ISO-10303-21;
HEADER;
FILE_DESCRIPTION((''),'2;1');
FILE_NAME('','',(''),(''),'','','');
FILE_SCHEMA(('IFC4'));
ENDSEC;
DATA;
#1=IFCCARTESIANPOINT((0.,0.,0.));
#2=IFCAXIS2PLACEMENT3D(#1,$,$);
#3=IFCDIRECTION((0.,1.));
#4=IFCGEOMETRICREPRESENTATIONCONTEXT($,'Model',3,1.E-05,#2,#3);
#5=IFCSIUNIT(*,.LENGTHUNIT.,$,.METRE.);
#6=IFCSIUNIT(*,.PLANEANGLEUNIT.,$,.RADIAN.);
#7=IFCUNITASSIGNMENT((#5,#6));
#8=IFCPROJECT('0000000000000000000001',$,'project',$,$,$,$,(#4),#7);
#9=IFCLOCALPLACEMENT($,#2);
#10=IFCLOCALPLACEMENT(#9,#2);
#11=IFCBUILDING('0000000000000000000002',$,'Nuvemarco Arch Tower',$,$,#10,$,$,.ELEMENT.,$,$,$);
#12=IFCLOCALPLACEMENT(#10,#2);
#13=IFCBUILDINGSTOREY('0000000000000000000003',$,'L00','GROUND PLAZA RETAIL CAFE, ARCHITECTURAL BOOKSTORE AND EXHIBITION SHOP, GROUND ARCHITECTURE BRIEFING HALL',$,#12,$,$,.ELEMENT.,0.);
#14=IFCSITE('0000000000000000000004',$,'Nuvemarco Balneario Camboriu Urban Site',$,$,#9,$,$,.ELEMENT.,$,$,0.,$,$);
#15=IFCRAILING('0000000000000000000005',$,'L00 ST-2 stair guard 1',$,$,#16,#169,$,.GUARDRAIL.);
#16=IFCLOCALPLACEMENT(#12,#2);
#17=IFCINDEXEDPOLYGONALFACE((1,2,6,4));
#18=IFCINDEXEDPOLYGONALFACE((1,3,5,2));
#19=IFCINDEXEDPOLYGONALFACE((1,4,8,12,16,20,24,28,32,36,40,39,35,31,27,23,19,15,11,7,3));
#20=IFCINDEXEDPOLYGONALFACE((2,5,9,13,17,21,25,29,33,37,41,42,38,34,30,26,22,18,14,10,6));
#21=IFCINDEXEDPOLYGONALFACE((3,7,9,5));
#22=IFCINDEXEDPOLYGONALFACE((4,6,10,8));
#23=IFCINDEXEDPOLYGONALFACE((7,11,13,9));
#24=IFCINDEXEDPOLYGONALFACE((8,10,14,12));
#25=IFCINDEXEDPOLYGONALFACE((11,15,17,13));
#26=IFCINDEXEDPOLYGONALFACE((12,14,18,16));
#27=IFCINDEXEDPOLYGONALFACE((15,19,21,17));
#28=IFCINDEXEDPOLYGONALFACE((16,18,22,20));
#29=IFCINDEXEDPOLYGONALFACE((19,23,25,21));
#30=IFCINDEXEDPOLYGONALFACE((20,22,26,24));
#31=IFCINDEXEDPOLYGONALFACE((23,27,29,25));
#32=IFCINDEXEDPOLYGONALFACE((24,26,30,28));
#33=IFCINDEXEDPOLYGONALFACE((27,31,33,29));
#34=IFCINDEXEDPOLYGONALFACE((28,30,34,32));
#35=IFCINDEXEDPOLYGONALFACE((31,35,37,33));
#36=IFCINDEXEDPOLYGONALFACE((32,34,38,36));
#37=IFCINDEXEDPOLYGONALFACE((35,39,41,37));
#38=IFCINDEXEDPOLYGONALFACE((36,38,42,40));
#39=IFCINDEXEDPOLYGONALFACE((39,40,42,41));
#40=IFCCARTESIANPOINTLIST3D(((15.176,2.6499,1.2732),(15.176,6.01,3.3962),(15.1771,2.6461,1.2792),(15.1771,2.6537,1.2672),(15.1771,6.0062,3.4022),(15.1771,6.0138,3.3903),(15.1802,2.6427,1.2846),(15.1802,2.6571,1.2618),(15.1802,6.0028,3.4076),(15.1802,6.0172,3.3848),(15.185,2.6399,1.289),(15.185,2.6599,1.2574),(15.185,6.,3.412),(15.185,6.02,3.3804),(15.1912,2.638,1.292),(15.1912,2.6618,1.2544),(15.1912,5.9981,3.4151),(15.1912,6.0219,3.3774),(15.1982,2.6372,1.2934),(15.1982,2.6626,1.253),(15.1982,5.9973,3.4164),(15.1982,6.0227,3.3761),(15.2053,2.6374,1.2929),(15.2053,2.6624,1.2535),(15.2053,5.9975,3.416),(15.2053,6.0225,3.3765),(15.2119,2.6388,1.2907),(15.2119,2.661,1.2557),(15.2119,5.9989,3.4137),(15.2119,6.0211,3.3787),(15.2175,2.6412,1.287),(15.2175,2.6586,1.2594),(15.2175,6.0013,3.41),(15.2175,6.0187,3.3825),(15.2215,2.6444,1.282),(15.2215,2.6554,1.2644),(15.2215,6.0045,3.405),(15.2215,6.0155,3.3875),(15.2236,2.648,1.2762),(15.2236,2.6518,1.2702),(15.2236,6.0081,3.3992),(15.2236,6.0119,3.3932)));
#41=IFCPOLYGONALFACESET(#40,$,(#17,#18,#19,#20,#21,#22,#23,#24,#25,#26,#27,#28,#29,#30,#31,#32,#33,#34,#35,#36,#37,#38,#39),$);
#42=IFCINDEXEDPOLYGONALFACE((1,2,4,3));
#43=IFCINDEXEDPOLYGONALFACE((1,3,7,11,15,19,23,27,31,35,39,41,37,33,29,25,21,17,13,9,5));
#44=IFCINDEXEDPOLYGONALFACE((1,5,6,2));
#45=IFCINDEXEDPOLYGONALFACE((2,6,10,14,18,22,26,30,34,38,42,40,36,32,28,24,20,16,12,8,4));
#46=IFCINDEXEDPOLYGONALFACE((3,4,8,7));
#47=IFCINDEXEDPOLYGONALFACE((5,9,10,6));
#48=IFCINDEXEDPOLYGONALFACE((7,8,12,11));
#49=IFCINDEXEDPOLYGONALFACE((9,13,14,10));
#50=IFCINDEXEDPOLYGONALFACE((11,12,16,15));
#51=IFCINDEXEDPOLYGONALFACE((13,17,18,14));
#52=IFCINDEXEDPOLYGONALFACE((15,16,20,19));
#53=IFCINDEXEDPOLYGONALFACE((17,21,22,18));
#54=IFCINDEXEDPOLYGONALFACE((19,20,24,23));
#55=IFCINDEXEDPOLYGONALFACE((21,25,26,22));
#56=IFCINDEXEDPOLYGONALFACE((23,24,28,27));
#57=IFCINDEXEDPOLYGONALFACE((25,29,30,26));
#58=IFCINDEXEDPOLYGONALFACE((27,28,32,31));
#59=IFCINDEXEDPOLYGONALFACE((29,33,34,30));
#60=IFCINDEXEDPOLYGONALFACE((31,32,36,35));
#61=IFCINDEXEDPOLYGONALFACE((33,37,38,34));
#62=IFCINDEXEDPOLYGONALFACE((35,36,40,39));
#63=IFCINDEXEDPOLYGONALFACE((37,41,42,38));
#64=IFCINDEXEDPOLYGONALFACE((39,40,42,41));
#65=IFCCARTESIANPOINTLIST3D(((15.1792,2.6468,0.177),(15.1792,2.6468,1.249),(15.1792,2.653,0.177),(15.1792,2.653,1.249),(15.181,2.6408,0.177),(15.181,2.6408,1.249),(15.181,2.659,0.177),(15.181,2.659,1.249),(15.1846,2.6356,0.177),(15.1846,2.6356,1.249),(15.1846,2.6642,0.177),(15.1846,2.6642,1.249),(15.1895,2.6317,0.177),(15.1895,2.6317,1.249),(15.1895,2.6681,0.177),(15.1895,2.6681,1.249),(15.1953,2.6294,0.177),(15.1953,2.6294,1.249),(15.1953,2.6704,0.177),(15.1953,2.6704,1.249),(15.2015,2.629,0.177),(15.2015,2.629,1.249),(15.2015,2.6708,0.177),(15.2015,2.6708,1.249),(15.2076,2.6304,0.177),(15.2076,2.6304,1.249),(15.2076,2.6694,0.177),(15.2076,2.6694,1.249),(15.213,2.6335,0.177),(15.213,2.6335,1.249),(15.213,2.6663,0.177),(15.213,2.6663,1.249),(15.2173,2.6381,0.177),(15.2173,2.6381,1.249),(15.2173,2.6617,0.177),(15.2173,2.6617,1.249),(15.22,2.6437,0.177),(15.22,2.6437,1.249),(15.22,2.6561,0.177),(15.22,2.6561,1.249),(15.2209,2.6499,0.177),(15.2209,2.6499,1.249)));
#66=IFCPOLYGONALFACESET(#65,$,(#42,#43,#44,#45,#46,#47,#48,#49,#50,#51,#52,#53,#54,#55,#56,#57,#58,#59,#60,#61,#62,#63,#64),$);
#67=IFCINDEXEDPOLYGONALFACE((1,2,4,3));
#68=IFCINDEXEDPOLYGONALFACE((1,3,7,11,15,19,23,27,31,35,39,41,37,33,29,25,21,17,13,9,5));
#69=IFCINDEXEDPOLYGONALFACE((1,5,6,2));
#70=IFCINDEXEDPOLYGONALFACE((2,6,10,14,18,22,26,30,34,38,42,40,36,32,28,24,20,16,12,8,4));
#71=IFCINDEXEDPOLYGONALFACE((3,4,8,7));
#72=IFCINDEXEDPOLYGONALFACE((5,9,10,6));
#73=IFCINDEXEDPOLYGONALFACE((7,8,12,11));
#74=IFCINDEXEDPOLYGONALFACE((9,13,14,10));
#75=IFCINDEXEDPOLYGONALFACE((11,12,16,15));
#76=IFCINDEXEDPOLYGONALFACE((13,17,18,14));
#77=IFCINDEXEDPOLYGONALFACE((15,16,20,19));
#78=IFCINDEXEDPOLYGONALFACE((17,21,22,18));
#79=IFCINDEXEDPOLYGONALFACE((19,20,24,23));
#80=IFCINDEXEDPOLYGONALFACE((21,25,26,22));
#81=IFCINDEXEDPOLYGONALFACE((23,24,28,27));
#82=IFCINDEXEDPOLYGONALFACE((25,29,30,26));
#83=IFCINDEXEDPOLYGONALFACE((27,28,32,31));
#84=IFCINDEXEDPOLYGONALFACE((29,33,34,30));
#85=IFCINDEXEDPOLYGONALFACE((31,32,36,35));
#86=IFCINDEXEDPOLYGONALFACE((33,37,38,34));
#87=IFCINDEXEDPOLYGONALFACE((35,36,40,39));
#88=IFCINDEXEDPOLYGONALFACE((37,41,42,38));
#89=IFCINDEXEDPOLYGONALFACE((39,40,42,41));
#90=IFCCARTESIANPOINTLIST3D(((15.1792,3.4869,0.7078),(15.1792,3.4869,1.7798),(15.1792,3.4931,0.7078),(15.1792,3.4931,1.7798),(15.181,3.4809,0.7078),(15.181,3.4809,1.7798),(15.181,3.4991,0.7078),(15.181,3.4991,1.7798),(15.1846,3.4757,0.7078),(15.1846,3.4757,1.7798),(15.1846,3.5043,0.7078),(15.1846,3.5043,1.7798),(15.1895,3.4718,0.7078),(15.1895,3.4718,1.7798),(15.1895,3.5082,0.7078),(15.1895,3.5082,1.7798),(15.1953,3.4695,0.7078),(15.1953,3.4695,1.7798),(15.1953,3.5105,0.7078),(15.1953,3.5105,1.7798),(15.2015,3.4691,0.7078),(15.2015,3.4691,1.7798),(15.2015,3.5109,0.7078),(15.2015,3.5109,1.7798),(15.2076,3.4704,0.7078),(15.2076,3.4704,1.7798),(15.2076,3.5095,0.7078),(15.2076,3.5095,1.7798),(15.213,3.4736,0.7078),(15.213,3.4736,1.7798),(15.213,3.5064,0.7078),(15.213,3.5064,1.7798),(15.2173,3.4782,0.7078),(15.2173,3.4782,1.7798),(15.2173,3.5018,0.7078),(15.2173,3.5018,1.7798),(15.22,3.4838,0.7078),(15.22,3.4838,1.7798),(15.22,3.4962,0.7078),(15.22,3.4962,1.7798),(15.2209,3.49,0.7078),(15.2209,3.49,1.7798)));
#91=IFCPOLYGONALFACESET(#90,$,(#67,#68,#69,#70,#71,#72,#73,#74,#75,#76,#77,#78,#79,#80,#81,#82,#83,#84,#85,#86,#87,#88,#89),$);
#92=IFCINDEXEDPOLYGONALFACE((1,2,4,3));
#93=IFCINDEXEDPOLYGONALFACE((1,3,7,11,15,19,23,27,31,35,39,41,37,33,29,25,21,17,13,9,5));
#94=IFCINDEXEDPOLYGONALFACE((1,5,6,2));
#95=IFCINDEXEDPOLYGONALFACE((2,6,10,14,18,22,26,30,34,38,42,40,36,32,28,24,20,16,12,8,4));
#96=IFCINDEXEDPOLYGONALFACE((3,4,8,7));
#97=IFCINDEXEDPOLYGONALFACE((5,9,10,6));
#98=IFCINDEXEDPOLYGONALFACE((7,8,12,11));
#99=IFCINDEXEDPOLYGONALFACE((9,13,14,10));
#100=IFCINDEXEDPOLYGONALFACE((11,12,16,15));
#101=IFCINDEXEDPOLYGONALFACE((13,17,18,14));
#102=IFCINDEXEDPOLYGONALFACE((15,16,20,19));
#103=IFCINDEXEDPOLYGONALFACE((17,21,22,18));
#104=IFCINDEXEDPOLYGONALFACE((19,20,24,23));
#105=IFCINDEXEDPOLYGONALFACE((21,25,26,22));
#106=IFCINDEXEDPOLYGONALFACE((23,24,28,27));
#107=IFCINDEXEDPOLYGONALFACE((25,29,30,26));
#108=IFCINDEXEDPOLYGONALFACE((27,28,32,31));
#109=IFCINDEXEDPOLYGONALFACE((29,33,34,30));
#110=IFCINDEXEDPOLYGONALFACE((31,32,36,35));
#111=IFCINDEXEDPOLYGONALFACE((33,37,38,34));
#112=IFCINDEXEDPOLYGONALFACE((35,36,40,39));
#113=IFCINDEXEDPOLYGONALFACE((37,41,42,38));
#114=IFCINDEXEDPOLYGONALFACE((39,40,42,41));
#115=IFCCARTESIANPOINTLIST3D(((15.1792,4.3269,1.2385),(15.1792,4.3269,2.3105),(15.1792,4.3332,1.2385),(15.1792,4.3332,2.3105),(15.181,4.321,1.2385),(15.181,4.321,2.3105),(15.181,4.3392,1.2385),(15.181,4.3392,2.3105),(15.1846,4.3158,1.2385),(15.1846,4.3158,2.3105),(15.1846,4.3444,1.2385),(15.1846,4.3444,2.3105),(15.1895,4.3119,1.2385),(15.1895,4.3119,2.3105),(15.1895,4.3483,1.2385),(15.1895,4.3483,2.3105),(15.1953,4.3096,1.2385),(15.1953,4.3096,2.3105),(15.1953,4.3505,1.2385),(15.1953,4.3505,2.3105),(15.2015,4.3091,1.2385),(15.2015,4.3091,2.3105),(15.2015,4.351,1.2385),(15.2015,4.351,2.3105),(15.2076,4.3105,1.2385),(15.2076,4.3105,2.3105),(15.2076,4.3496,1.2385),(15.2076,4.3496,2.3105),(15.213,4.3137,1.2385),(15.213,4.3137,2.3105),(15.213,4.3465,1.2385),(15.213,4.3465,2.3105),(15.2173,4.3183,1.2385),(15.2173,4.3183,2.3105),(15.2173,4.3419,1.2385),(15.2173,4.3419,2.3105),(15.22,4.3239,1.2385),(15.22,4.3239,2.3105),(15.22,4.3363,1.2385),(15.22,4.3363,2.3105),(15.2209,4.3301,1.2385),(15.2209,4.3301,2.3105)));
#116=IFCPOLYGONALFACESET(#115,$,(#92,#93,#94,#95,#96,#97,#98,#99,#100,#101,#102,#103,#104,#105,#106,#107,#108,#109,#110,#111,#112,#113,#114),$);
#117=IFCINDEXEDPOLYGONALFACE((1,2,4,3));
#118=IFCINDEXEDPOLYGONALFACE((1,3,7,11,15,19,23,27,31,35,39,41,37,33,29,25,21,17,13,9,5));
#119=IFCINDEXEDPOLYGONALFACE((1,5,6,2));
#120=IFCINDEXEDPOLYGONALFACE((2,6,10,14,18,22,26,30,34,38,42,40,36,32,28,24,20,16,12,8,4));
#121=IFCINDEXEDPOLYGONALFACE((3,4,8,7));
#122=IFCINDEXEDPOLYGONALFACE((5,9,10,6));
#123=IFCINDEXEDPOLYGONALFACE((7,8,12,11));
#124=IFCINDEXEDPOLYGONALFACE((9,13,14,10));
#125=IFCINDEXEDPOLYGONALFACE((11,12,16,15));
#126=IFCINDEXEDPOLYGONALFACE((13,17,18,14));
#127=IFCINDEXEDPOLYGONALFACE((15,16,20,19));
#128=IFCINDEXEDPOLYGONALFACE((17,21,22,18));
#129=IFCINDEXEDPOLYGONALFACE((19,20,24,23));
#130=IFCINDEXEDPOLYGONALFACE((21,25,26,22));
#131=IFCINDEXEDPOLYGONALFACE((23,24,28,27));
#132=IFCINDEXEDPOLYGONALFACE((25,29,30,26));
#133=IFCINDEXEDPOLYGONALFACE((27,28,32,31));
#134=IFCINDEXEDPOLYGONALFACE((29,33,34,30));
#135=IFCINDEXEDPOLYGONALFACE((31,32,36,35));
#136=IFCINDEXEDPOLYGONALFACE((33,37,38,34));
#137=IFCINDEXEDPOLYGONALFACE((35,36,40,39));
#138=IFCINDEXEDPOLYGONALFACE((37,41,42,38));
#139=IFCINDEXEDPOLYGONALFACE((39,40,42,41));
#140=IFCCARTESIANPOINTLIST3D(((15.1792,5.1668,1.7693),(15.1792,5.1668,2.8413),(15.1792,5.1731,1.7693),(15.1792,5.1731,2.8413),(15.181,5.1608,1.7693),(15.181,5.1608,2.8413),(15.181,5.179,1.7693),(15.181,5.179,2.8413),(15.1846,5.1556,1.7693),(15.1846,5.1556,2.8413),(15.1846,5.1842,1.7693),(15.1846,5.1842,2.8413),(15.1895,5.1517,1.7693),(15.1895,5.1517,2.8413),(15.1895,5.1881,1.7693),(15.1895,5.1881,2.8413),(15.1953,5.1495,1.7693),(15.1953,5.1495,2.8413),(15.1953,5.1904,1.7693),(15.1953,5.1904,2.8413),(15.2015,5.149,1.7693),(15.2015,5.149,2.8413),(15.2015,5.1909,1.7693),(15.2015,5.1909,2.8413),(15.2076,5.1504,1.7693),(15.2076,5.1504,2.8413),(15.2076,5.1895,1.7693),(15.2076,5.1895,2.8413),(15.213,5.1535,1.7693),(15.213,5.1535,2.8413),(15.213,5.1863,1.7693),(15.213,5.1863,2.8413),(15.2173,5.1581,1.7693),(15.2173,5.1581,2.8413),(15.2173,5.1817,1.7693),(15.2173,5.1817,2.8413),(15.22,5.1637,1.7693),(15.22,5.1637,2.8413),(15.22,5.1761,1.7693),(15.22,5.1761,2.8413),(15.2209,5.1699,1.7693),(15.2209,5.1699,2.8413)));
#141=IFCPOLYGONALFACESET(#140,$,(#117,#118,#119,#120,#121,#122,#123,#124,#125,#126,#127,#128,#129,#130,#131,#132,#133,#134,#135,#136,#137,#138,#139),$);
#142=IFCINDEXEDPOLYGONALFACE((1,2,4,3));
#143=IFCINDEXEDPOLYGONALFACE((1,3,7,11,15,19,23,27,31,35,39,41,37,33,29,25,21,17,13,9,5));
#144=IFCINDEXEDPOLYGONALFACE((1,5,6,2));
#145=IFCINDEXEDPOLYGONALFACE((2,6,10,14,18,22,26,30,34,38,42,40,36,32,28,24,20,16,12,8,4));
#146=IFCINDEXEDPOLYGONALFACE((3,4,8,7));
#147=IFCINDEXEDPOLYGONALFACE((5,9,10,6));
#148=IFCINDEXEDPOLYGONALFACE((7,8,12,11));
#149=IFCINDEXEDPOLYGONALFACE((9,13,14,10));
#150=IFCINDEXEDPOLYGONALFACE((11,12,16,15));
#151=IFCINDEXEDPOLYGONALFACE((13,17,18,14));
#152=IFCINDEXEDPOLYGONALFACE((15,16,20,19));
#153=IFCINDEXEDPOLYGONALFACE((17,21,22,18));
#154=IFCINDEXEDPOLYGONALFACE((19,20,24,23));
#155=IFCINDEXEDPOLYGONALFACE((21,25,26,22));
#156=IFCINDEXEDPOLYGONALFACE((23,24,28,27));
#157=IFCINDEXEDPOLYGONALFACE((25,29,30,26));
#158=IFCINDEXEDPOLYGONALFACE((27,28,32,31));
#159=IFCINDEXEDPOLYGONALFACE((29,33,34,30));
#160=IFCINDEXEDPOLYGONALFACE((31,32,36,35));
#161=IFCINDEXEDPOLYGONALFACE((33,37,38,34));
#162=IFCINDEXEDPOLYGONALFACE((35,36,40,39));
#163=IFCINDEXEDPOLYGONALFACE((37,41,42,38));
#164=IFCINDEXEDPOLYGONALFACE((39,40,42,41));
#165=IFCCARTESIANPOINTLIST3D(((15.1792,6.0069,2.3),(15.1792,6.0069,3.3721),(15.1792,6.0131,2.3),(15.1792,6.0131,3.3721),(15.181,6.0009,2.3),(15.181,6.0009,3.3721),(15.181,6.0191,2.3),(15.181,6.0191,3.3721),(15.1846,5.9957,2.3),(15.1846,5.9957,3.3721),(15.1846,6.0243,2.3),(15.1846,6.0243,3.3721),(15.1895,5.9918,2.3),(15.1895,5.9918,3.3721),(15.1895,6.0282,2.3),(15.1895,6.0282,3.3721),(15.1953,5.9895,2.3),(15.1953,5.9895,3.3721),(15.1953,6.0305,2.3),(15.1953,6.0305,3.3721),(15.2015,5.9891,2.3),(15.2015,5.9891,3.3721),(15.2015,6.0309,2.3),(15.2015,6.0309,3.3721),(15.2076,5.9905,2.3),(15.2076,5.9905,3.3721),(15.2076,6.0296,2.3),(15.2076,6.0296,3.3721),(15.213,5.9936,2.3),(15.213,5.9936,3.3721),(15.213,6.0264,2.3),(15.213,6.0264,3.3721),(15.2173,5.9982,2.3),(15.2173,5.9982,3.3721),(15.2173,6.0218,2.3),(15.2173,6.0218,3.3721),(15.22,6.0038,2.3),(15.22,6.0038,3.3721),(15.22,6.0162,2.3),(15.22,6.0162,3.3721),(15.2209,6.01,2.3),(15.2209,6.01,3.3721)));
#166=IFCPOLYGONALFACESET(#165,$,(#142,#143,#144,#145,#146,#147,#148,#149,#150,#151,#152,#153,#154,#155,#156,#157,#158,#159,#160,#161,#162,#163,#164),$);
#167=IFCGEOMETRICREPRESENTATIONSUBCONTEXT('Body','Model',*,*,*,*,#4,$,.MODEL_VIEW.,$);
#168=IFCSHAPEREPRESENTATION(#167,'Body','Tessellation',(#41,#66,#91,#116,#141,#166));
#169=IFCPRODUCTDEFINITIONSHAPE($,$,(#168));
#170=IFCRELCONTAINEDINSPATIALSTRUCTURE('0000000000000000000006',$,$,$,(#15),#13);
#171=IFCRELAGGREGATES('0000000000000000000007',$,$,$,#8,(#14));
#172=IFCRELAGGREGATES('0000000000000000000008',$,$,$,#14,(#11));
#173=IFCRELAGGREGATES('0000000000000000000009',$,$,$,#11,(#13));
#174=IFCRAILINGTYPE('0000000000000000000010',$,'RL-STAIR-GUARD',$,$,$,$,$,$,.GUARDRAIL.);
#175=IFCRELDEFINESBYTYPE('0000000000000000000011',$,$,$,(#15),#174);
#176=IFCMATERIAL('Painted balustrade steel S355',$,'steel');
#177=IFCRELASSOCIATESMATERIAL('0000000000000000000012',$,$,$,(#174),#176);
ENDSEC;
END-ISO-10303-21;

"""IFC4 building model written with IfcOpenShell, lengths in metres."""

from ifc_helpers import new_model, si_unit, direction, frame, origin, origin_2d, place, context, subcontext, project, spatial, circle, extrude, material, type_object, element, save


model = new_model("IFC4")

# Units and contexts
model_context = context("Model", 3, precision=1e-05, world=origin(), true_north=direction((0.0, 1.0)))
body_context = subcontext(model_context, "Body", "Model", "MODEL_VIEW")
ifc_project = project(units=[si_unit("LENGTHUNIT", "METRE"), si_unit("PLANEANGLEUNIT", "RADIAN")], contexts=[model_context])

# Site, building, storey
site_placement = place(None, origin())
site = spatial("IfcSite", under=ifc_project, at=site_placement, Name="Nuvemarco Balneario Camboriu Urban Site", CompositionType="ELEMENT", RefElevation=0.0)
building_placement = place(site_placement, origin())
building = spatial("IfcBuilding", under=site, at=building_placement, Name="Nuvemarco Arch Tower", CompositionType="ELEMENT")
storey_placement = place(building_placement, origin())
storey = spatial("IfcBuildingStorey", under=building, at=storey_placement, Name="L00", Description="GROUND PLAZA RETAIL CAFE, ARCHITECTURAL BOOKSTORE AND EXHIBITION SHOP, GROUND ARCHITECTURE BRIEFING HALL", CompositionType="ELEMENT", Elevation=0.0)

# Railing
ifc_material_1 = material(Name="Painted balustrade steel S355", Category="steel")
railing_type_1 = type_object("IfcRailingType", Name="RL-STAIR-GUARD", PredefinedType="GUARDRAIL", material=ifc_material_1)
railing_1_placement = place(storey_placement, frame((15.2, 2.6499, 0.177)))
element("IfcRailing", 1, at=railing_1_placement, inside=storey, type_object=railing_type_1, Name="L00 ST-2 stair guard 1", PredefinedType="GUARDRAIL", context=body_context, shape_type="SweptSolid", body=[
    extrude(circle(Radius=0.0239, at=origin_2d()), frame((0.0, 0.0, 1.0962), z_axis=(0.0, 0.84539, 0.53415), x_axis=(-1.0, 0.0, 0.0)), (0.0, 0.0, 1.0), 3.9746),
    extrude(circle(Radius=0.021, at=origin_2d()), origin(), (0.0, 0.0, 1.0), 1.072),
    extrude(circle(Radius=0.021, at=origin_2d()), frame((0.0, 0.8401, 0.5308)), (0.0, 0.0, 1.0), 1.072),
    extrude(circle(Radius=0.021, at=origin_2d()), frame((0.0, 1.6802, 1.0615)), (0.0, 0.0, 1.0), 1.072),
    extrude(circle(Radius=0.021, at=origin_2d()), frame((0.0, 2.52, 1.5923)), (0.0, 0.0, 1.0), 1.072),
    extrude(circle(Radius=0.021, at=origin_2d()), frame((0.0, 3.3601, 2.123)), (0.0, 0.0, 1.0), 1.072),
])

save(model, "model.ifc")
